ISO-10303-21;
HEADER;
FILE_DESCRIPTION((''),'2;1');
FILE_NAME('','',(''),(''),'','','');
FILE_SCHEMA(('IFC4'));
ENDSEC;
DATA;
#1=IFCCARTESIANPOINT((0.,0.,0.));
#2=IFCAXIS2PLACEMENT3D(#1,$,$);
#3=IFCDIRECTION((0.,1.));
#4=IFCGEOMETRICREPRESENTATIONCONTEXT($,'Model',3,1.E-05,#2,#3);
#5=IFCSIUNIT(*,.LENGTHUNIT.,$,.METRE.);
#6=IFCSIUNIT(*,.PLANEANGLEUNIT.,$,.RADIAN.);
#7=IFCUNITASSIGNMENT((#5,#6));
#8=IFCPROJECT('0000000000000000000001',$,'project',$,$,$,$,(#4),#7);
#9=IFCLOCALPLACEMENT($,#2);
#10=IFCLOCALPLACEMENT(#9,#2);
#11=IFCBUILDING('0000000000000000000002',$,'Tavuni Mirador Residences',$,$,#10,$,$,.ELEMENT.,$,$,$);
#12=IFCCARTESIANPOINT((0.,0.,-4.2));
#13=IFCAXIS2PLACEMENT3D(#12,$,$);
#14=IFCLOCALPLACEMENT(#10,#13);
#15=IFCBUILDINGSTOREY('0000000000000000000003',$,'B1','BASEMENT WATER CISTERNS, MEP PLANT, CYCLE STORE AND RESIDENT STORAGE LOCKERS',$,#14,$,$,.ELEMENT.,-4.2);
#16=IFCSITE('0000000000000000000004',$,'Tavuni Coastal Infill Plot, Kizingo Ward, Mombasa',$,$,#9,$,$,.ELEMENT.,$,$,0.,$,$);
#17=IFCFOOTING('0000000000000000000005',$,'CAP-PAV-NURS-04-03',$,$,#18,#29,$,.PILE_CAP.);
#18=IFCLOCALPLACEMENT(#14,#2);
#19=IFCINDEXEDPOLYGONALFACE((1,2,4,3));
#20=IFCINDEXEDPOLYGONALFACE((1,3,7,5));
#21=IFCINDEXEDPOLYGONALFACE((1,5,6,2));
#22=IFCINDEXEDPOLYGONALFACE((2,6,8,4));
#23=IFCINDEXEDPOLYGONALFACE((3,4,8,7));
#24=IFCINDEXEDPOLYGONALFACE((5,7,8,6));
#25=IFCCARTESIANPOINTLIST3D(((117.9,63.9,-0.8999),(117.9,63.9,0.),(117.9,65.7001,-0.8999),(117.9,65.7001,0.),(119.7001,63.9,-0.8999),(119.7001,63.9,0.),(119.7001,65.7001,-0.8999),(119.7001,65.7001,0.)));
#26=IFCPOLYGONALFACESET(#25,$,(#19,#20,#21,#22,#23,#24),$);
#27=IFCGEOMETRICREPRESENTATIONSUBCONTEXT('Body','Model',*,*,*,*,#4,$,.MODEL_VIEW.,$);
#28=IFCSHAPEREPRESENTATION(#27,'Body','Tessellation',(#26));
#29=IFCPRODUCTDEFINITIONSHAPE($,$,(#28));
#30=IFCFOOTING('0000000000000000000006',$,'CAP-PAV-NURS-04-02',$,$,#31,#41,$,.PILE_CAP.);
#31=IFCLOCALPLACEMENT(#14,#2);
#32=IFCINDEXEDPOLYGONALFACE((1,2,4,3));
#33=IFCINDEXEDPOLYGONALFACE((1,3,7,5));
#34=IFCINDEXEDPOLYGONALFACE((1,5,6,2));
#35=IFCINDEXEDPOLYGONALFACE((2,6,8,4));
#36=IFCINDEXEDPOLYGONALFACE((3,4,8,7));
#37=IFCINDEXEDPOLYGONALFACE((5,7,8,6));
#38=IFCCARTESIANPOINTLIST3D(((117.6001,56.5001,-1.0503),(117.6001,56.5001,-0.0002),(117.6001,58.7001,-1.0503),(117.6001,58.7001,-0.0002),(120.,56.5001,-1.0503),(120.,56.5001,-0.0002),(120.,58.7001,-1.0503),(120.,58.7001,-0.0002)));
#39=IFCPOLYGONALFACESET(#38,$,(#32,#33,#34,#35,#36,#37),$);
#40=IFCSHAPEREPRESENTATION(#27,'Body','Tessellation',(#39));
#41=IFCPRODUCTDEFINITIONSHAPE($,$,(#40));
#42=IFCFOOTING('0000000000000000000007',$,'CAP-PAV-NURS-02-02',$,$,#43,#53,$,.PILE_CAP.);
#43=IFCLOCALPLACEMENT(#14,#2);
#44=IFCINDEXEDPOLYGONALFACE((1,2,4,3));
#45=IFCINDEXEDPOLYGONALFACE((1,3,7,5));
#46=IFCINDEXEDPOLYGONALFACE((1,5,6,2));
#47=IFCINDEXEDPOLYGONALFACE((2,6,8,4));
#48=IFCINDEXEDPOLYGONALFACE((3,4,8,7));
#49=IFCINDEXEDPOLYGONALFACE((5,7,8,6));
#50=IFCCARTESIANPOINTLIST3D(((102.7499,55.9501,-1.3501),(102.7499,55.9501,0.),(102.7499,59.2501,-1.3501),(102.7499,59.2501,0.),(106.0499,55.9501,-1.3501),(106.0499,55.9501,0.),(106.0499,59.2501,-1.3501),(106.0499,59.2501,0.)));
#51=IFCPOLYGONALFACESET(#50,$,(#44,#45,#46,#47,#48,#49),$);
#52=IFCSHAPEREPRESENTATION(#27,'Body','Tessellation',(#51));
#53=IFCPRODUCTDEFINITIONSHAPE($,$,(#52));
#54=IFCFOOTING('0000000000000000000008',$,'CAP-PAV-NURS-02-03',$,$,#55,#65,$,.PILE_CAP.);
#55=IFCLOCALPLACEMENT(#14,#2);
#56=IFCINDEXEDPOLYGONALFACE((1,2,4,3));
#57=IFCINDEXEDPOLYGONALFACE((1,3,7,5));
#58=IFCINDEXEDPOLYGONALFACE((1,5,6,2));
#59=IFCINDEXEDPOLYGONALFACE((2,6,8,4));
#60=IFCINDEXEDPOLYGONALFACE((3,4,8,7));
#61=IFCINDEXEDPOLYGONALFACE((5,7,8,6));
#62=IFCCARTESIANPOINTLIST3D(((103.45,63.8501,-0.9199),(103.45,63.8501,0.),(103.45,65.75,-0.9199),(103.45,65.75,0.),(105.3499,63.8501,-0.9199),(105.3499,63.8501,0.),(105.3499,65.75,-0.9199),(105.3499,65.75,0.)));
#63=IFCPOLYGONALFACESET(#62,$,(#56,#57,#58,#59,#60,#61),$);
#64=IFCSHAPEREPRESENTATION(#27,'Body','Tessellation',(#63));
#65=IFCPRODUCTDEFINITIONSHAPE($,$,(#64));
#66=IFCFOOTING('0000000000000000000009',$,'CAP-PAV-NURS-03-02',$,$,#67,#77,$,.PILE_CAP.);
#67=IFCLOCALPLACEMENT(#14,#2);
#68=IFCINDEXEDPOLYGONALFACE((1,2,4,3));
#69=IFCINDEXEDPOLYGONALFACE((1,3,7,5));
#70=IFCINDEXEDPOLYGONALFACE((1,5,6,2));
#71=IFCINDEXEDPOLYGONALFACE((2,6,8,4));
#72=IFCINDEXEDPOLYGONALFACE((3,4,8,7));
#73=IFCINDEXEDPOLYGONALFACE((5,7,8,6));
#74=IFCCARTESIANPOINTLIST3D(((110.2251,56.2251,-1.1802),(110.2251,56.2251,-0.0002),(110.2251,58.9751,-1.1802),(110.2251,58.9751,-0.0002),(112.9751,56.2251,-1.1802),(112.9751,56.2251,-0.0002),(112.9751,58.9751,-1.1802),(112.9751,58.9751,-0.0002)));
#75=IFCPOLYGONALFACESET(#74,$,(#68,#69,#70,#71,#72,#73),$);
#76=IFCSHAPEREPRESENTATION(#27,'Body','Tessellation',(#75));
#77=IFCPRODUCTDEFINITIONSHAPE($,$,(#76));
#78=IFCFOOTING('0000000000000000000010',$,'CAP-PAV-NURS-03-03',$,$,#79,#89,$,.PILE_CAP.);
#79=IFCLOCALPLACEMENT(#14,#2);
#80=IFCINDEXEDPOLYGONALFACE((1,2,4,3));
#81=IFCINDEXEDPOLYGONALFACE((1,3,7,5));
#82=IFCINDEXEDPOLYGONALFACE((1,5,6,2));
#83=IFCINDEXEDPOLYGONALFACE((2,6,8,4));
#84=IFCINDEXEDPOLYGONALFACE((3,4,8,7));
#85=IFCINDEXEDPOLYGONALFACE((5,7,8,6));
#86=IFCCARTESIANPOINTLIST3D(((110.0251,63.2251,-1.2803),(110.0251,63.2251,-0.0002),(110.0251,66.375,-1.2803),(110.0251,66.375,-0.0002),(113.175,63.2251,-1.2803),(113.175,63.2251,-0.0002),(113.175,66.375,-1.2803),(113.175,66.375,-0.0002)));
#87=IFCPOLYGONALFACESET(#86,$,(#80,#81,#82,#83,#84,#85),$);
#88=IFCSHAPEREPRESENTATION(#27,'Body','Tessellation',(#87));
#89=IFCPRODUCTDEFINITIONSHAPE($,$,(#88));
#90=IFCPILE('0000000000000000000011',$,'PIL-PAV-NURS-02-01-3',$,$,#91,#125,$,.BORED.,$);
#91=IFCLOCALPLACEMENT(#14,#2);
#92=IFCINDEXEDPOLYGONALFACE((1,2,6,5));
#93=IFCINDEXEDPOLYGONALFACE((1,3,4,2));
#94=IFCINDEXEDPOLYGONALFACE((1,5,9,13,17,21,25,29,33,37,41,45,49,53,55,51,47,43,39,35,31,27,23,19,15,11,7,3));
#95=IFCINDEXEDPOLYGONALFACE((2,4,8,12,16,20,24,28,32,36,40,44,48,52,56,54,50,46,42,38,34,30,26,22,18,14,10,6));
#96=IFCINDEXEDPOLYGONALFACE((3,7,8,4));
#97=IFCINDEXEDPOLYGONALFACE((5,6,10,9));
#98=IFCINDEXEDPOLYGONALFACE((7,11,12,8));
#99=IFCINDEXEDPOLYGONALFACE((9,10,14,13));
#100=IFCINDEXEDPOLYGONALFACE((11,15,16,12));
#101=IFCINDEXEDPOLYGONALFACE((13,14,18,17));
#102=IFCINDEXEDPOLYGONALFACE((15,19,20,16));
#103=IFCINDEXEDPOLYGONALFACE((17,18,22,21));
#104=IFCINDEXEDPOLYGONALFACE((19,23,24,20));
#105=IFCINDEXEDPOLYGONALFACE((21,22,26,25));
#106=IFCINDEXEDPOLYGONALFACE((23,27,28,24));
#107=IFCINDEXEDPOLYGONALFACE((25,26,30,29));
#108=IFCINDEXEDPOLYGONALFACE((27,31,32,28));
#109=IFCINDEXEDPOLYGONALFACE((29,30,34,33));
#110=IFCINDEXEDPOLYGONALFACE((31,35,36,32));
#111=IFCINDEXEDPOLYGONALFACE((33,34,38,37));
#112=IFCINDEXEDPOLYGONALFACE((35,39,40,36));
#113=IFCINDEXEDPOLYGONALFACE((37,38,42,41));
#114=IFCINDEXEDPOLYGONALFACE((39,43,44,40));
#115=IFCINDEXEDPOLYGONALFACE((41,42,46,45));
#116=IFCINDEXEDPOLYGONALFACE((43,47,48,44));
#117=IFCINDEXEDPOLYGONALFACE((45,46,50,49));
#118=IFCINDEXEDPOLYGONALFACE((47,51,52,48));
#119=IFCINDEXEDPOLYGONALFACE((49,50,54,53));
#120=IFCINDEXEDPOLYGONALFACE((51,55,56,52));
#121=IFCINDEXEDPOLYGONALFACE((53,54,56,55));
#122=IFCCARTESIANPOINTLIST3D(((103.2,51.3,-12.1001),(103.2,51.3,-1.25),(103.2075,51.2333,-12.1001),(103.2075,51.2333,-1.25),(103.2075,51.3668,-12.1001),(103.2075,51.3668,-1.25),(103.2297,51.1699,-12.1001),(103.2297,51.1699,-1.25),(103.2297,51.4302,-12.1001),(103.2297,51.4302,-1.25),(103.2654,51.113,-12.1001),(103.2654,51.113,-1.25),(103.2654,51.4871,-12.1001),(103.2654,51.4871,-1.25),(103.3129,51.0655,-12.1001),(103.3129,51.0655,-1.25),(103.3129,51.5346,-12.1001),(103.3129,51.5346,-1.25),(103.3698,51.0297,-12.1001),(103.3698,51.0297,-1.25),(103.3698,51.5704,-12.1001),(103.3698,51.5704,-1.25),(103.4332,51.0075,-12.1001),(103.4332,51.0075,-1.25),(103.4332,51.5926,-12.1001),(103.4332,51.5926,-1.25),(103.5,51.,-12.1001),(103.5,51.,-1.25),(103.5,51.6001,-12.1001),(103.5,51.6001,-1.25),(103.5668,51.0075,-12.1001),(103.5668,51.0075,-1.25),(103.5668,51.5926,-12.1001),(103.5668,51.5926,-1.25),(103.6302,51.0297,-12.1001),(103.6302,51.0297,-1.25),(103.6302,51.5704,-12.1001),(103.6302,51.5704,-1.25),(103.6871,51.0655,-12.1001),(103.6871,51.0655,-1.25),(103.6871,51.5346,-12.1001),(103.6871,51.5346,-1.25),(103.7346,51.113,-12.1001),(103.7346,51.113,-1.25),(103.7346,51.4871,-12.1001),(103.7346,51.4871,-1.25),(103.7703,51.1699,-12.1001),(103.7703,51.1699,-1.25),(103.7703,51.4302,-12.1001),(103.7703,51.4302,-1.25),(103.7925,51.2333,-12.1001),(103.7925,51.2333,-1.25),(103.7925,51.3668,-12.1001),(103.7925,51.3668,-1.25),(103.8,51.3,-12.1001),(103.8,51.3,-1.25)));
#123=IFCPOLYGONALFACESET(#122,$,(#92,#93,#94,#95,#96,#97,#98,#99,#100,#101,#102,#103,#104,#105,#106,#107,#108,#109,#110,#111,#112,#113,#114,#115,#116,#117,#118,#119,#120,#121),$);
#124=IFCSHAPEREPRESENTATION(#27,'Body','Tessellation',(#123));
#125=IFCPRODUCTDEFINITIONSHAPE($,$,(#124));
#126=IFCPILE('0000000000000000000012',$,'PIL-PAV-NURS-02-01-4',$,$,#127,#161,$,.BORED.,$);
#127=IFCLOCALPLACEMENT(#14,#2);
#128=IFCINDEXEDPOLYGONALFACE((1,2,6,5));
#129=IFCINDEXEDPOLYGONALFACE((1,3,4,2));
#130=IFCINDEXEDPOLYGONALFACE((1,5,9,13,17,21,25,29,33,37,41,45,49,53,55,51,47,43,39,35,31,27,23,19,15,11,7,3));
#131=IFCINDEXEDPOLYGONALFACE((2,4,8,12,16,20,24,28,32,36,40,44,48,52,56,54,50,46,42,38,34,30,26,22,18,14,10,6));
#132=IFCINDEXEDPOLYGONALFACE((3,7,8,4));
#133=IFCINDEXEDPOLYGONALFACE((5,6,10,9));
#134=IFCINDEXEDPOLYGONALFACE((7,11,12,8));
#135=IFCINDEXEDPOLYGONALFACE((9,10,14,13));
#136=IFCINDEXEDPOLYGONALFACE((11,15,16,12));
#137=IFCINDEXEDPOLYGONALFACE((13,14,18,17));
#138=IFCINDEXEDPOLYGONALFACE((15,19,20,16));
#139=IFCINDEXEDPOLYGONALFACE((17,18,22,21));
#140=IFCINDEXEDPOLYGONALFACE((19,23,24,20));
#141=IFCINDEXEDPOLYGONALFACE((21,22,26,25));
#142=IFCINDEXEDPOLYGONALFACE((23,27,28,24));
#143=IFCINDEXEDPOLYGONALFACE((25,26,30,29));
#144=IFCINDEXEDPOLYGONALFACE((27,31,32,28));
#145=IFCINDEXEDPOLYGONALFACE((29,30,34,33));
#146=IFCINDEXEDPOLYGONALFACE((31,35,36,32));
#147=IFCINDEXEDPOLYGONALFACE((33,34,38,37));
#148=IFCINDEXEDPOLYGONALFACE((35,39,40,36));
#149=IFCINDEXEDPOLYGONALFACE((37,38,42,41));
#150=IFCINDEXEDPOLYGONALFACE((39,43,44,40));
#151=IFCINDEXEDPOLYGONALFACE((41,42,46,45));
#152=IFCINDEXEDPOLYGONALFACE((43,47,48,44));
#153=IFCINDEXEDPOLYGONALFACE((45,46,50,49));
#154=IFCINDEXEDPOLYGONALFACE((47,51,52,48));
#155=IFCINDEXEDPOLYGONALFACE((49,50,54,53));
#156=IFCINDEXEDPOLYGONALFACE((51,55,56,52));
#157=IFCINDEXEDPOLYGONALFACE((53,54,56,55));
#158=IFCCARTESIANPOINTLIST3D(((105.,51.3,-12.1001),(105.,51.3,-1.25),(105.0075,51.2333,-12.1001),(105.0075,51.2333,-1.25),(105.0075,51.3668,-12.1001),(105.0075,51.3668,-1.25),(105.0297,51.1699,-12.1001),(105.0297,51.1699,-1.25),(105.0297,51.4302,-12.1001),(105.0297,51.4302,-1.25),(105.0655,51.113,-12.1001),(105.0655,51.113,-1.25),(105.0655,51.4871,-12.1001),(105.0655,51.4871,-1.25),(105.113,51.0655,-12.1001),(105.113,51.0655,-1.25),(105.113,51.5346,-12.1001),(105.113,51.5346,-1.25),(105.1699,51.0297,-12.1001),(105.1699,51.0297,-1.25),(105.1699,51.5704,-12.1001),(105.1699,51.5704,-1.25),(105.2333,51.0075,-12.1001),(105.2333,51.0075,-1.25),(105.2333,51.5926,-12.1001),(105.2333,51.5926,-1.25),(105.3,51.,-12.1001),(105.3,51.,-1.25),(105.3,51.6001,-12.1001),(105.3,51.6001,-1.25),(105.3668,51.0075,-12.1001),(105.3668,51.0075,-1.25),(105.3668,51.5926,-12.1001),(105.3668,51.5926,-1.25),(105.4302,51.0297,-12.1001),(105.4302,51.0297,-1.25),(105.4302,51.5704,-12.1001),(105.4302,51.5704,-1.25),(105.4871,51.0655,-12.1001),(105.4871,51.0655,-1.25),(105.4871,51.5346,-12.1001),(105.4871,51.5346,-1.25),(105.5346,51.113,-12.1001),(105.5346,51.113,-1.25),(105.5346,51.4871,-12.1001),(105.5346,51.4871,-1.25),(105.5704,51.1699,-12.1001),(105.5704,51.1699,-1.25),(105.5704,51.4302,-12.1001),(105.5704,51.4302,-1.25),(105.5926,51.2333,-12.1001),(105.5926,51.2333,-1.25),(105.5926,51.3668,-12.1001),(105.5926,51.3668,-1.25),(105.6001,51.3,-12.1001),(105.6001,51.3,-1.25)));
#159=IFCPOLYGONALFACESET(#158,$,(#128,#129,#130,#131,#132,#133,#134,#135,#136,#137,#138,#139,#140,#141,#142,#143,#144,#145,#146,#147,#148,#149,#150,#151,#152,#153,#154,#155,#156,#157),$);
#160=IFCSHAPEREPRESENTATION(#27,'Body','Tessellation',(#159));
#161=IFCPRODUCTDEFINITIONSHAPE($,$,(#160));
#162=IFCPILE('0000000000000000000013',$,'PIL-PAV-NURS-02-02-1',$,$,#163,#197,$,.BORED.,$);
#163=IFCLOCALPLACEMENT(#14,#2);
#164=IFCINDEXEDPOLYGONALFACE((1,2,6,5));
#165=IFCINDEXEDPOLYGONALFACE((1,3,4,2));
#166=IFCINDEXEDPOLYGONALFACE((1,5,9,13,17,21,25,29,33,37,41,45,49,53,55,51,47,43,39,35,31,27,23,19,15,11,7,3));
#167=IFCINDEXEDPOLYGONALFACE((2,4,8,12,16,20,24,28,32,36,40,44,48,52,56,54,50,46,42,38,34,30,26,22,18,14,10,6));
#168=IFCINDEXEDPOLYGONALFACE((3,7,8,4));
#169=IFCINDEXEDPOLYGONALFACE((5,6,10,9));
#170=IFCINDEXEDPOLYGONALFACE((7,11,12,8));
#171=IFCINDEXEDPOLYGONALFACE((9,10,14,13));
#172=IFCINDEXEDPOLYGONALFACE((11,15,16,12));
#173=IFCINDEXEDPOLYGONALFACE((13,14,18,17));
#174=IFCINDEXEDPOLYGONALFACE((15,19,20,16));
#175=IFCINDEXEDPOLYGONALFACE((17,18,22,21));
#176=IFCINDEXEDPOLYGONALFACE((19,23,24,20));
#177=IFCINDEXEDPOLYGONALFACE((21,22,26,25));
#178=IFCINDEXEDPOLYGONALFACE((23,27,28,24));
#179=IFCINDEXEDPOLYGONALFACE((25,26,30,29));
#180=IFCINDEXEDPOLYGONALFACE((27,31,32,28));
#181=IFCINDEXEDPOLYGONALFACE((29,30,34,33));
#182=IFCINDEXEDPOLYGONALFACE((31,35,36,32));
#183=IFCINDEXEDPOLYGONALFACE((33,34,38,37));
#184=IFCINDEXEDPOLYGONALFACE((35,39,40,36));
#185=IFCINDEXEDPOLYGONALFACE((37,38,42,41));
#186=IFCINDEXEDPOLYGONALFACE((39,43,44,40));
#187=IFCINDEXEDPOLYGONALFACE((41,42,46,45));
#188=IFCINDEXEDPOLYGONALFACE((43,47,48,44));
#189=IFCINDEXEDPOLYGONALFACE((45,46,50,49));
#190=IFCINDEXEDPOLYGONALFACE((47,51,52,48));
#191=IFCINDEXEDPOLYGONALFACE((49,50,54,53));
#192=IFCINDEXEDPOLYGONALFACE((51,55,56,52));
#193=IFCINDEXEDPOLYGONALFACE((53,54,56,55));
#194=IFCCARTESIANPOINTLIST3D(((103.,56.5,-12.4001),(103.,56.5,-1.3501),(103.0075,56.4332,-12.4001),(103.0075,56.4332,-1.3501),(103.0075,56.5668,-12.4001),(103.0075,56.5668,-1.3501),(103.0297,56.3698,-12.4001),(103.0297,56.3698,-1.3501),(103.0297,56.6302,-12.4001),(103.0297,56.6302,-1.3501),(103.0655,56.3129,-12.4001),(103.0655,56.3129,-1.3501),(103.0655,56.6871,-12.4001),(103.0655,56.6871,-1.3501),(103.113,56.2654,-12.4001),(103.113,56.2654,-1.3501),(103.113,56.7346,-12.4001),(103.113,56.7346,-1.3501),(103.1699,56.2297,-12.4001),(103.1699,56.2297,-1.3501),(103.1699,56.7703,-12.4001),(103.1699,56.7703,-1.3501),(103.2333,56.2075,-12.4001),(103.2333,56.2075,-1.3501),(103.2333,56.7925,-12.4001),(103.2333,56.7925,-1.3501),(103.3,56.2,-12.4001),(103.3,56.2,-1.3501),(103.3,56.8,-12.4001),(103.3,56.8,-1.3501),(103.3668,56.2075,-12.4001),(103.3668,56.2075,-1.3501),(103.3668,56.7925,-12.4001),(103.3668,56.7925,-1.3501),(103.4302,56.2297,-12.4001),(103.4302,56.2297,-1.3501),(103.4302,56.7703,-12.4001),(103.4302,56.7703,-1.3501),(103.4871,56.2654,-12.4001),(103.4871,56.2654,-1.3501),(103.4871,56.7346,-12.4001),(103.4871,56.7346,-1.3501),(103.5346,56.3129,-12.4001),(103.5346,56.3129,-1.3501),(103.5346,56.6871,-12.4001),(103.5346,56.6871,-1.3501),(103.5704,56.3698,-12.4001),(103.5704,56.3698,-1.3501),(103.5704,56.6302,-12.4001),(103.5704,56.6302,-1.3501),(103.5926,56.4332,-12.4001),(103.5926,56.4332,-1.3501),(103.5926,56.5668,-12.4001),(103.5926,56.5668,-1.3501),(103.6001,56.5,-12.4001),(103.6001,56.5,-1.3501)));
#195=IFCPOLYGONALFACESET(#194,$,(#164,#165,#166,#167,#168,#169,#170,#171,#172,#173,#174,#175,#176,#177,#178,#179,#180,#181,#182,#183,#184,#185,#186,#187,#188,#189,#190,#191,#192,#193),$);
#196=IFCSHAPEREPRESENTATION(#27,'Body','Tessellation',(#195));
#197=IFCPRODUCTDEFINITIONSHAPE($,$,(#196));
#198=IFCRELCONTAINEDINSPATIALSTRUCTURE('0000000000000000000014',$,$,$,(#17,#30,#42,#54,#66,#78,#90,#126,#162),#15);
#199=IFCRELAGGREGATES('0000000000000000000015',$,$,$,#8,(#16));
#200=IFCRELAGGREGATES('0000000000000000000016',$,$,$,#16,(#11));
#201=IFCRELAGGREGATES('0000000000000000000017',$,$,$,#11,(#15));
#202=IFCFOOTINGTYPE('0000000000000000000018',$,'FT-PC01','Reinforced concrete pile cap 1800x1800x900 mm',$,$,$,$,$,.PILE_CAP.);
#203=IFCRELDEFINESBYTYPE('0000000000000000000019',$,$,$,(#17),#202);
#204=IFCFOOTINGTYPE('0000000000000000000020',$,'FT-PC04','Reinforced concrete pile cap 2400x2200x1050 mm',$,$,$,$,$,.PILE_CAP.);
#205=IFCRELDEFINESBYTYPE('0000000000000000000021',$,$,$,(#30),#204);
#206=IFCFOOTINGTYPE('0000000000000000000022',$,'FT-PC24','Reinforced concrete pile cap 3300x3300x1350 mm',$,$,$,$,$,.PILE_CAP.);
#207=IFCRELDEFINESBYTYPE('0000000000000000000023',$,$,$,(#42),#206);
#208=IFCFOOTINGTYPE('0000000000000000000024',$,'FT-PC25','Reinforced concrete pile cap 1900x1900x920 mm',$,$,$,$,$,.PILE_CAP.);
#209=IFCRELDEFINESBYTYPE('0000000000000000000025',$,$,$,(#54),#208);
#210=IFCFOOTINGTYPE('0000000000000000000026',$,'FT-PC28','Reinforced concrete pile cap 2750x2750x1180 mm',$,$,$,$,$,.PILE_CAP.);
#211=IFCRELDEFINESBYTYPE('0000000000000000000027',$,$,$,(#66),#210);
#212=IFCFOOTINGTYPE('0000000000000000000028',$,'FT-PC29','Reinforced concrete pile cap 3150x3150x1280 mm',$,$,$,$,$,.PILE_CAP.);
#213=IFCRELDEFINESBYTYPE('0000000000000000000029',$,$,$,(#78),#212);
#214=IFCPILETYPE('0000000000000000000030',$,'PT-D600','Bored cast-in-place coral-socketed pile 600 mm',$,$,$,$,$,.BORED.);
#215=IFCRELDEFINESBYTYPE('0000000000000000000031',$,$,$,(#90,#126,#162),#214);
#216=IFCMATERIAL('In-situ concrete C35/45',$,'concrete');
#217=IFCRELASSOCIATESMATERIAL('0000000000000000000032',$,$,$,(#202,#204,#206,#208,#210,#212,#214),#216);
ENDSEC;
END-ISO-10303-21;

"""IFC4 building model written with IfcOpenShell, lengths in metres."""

from ifc_helpers import new_model, si_unit, direction, frame, origin, origin_2d, place, context, subcontext, project, spatial, rectangle, circle, extrude, material, material_profile, profile_set, type_object, element, save


model = new_model("IFC4")

# Units and contexts
model_context = context("Model", 3, precision=1e-05, world=origin(), true_north=direction((0.0, 1.0)))
body_context = subcontext(model_context, "Body", "Model", "MODEL_VIEW")
ifc_project = project(units=[si_unit("LENGTHUNIT", "METRE"), si_unit("PLANEANGLEUNIT", "RADIAN")], contexts=[model_context])

# Site, building, storey
site_placement = place(None, origin())
site = spatial("IfcSite", under=ifc_project, at=site_placement, Name="Tavuni Coastal Infill Plot, Kizingo Ward, Mombasa", CompositionType="ELEMENT", RefElevation=0.0)
building_placement = place(site_placement, origin())
building = spatial("IfcBuilding", under=site, at=building_placement, Name="Tavuni Mirador Residences", CompositionType="ELEMENT")
storey_placement = place(building_placement, frame((0.0, 0.0, -4.2)))
storey = spatial("IfcBuildingStorey", under=building, at=storey_placement, Name="B1", Description="BASEMENT WATER CISTERNS, MEP PLANT, CYCLE STORE AND RESIDENT STORAGE LOCKERS", CompositionType="ELEMENT", Elevation=-4.2)

# Footings
ifc_material_1 = material(Name="In-situ concrete C35/45", Category="concrete")
footing_type_1 = type_object("IfcFootingType", Name="FT-PC01", Description="Reinforced concrete pile cap 1800x1800x900 mm", PredefinedType="PILE_CAP", material=ifc_material_1)
footing_1_placement = place(storey_placement, frame((118.8, 64.8, -0.8999), z_axis=(0.0, 0.0, 1.0), x_axis=(1.0, 0.0, 0.0)))
element("IfcFooting", 1, at=footing_1_placement, inside=storey, type_object=footing_type_1, Name="CAP-PAV-NURS-04-03", PredefinedType="PILE_CAP", context=body_context, shape_type="SweptSolid", body=[
    extrude(rectangle(XDim=1.8, YDim=1.8, at=origin_2d()), origin(), (0.0, 0.0, 1.0), 0.8999),
])
footing_type_2 = type_object("IfcFootingType", Name="FT-PC04", Description="Reinforced concrete pile cap 2400x2200x1050 mm", PredefinedType="PILE_CAP", material=ifc_material_1)
footing_2_placement = place(storey_placement, frame((118.8, 57.6001, -1.0503), z_axis=(0.0, 0.0, 1.0), x_axis=(1.0, 0.0, 0.0)))
element("IfcFooting", 2, at=footing_2_placement, inside=storey, type_object=footing_type_2, Name="CAP-PAV-NURS-04-02", PredefinedType="PILE_CAP", context=body_context, shape_type="SweptSolid", body=[
    extrude(rectangle(XDim=2.3999, YDim=2.2, at=origin_2d()), origin(), (0.0, 0.0, 1.0), 1.05),
])
footing_type_3 = type_object("IfcFootingType", Name="FT-PC24", Description="Reinforced concrete pile cap 3300x3300x1350 mm", PredefinedType="PILE_CAP", material=ifc_material_1)
footing_3_placement = place(storey_placement, frame((104.3999, 57.6001, -1.3501), z_axis=(0.0, 0.0, 1.0), x_axis=(1.0, 0.0, 0.0)))
element("IfcFooting", 3, at=footing_3_placement, inside=storey, type_object=footing_type_3, Name="CAP-PAV-NURS-02-02", PredefinedType="PILE_CAP", context=body_context, shape_type="SweptSolid", body=[
    extrude(rectangle(XDim=3.3, YDim=3.3, at=origin_2d()), origin(), (0.0, 0.0, 1.0), 1.3501),
])
footing_type_4 = type_object("IfcFootingType", Name="FT-PC25", Description="Reinforced concrete pile cap 1900x1900x920 mm", PredefinedType="PILE_CAP", material=ifc_material_1)
footing_4_placement = place(storey_placement, frame((104.3999, 64.8, -0.9199), z_axis=(0.0, 0.0, 1.0), x_axis=(1.0, 0.0, 0.0)))
element("IfcFooting", 4, at=footing_4_placement, inside=storey, type_object=footing_type_4, Name="CAP-PAV-NURS-02-03", PredefinedType="PILE_CAP", context=body_context, shape_type="SweptSolid", body=[
    extrude(rectangle(XDim=1.8999, YDim=1.8999, at=origin_2d()), origin(), (0.0, 0.0, 1.0), 0.9199),
])
footing_type_5 = type_object("IfcFootingType", Name="FT-PC28", Description="Reinforced concrete pile cap 2750x2750x1180 mm", PredefinedType="PILE_CAP", material=ifc_material_1)
footing_5_placement = place(storey_placement, frame((111.6001, 57.6001, -1.1802), z_axis=(0.0, 0.0, 1.0), x_axis=(1.0, 0.0, 0.0)))
element("IfcFooting", 5, at=footing_5_placement, inside=storey, type_object=footing_type_5, Name="CAP-PAV-NURS-03-02", PredefinedType="PILE_CAP", context=body_context, shape_type="SweptSolid", body=[
    extrude(rectangle(XDim=2.75, YDim=2.75, at=origin_2d()), origin(), (0.0, 0.0, 1.0), 1.1799),
])
footing_type_6 = type_object("IfcFootingType", Name="FT-PC29", Description="Reinforced concrete pile cap 3150x3150x1280 mm", PredefinedType="PILE_CAP", material=ifc_material_1)
footing_6_placement = place(storey_placement, frame((111.6001, 64.8, -1.2803), z_axis=(0.0, 0.0, 1.0), x_axis=(1.0, 0.0, 0.0)))
element("IfcFooting", 6, at=footing_6_placement, inside=storey, type_object=footing_type_6, Name="CAP-PAV-NURS-03-03", PredefinedType="PILE_CAP", context=body_context, shape_type="SweptSolid", body=[
    extrude(rectangle(XDim=3.1499, YDim=3.1499, at=origin_2d()), origin(), (0.0, 0.0, 1.0), 1.28),
])

# Piles
ifc_material_profile_1 = material_profile(ifc_material_1, circle(Radius=0.3, at=origin_2d()), Name="PILE D600", Category="concrete")
ifc_profile_set_1 = profile_set([ifc_material_profile_1], Name="In-situ concrete C35/45")
pile_type_1 = type_object("IfcPileType", Name="PT-D600", Description="Bored cast-in-place coral-socketed pile 600 mm", PredefinedType="BORED", material=ifc_profile_set_1)
for number, where, z_axis, x_axis, name in (
    (7, (103.5, 51.3, -1.25), (0.0, 0.0, -1.0), (1.0, 0.0, 0.0), "PIL-PAV-NURS-02-01-3"),
    (8, (105.3, 51.3, -1.25), (0.0, 0.0, -1.0), (1.0, 0.0, 0.0), "PIL-PAV-NURS-02-01-4"),
):
    element("IfcPile", number, at=place(storey_placement, frame(where, z_axis=z_axis, x_axis=x_axis)), inside=storey, type_object=pile_type_1, Name=name, PredefinedType="BORED", context=body_context, shape_type="SweptSolid", body=[
        extrude(circle(Radius=0.3, at=origin_2d()), origin(), (0.0, 0.0, 1.0), 10.8501),
    ])
for number, where, z_axis, x_axis, name in (
    (9, (103.3, 56.5, -1.3501), (0.0, 0.0, -1.0), (1.0, 0.0, 0.0), "PIL-PAV-NURS-02-02-1"),
):
    element("IfcPile", number, at=place(storey_placement, frame(where, z_axis=z_axis, x_axis=x_axis)), inside=storey, type_object=pile_type_1, Name=name, PredefinedType="BORED", context=body_context, shape_type="SweptSolid", body=[
        extrude(circle(Radius=0.3, at=origin_2d()), origin(), (0.0, 0.0, 1.0), 11.05),
    ])

save(model, "model.ifc")
